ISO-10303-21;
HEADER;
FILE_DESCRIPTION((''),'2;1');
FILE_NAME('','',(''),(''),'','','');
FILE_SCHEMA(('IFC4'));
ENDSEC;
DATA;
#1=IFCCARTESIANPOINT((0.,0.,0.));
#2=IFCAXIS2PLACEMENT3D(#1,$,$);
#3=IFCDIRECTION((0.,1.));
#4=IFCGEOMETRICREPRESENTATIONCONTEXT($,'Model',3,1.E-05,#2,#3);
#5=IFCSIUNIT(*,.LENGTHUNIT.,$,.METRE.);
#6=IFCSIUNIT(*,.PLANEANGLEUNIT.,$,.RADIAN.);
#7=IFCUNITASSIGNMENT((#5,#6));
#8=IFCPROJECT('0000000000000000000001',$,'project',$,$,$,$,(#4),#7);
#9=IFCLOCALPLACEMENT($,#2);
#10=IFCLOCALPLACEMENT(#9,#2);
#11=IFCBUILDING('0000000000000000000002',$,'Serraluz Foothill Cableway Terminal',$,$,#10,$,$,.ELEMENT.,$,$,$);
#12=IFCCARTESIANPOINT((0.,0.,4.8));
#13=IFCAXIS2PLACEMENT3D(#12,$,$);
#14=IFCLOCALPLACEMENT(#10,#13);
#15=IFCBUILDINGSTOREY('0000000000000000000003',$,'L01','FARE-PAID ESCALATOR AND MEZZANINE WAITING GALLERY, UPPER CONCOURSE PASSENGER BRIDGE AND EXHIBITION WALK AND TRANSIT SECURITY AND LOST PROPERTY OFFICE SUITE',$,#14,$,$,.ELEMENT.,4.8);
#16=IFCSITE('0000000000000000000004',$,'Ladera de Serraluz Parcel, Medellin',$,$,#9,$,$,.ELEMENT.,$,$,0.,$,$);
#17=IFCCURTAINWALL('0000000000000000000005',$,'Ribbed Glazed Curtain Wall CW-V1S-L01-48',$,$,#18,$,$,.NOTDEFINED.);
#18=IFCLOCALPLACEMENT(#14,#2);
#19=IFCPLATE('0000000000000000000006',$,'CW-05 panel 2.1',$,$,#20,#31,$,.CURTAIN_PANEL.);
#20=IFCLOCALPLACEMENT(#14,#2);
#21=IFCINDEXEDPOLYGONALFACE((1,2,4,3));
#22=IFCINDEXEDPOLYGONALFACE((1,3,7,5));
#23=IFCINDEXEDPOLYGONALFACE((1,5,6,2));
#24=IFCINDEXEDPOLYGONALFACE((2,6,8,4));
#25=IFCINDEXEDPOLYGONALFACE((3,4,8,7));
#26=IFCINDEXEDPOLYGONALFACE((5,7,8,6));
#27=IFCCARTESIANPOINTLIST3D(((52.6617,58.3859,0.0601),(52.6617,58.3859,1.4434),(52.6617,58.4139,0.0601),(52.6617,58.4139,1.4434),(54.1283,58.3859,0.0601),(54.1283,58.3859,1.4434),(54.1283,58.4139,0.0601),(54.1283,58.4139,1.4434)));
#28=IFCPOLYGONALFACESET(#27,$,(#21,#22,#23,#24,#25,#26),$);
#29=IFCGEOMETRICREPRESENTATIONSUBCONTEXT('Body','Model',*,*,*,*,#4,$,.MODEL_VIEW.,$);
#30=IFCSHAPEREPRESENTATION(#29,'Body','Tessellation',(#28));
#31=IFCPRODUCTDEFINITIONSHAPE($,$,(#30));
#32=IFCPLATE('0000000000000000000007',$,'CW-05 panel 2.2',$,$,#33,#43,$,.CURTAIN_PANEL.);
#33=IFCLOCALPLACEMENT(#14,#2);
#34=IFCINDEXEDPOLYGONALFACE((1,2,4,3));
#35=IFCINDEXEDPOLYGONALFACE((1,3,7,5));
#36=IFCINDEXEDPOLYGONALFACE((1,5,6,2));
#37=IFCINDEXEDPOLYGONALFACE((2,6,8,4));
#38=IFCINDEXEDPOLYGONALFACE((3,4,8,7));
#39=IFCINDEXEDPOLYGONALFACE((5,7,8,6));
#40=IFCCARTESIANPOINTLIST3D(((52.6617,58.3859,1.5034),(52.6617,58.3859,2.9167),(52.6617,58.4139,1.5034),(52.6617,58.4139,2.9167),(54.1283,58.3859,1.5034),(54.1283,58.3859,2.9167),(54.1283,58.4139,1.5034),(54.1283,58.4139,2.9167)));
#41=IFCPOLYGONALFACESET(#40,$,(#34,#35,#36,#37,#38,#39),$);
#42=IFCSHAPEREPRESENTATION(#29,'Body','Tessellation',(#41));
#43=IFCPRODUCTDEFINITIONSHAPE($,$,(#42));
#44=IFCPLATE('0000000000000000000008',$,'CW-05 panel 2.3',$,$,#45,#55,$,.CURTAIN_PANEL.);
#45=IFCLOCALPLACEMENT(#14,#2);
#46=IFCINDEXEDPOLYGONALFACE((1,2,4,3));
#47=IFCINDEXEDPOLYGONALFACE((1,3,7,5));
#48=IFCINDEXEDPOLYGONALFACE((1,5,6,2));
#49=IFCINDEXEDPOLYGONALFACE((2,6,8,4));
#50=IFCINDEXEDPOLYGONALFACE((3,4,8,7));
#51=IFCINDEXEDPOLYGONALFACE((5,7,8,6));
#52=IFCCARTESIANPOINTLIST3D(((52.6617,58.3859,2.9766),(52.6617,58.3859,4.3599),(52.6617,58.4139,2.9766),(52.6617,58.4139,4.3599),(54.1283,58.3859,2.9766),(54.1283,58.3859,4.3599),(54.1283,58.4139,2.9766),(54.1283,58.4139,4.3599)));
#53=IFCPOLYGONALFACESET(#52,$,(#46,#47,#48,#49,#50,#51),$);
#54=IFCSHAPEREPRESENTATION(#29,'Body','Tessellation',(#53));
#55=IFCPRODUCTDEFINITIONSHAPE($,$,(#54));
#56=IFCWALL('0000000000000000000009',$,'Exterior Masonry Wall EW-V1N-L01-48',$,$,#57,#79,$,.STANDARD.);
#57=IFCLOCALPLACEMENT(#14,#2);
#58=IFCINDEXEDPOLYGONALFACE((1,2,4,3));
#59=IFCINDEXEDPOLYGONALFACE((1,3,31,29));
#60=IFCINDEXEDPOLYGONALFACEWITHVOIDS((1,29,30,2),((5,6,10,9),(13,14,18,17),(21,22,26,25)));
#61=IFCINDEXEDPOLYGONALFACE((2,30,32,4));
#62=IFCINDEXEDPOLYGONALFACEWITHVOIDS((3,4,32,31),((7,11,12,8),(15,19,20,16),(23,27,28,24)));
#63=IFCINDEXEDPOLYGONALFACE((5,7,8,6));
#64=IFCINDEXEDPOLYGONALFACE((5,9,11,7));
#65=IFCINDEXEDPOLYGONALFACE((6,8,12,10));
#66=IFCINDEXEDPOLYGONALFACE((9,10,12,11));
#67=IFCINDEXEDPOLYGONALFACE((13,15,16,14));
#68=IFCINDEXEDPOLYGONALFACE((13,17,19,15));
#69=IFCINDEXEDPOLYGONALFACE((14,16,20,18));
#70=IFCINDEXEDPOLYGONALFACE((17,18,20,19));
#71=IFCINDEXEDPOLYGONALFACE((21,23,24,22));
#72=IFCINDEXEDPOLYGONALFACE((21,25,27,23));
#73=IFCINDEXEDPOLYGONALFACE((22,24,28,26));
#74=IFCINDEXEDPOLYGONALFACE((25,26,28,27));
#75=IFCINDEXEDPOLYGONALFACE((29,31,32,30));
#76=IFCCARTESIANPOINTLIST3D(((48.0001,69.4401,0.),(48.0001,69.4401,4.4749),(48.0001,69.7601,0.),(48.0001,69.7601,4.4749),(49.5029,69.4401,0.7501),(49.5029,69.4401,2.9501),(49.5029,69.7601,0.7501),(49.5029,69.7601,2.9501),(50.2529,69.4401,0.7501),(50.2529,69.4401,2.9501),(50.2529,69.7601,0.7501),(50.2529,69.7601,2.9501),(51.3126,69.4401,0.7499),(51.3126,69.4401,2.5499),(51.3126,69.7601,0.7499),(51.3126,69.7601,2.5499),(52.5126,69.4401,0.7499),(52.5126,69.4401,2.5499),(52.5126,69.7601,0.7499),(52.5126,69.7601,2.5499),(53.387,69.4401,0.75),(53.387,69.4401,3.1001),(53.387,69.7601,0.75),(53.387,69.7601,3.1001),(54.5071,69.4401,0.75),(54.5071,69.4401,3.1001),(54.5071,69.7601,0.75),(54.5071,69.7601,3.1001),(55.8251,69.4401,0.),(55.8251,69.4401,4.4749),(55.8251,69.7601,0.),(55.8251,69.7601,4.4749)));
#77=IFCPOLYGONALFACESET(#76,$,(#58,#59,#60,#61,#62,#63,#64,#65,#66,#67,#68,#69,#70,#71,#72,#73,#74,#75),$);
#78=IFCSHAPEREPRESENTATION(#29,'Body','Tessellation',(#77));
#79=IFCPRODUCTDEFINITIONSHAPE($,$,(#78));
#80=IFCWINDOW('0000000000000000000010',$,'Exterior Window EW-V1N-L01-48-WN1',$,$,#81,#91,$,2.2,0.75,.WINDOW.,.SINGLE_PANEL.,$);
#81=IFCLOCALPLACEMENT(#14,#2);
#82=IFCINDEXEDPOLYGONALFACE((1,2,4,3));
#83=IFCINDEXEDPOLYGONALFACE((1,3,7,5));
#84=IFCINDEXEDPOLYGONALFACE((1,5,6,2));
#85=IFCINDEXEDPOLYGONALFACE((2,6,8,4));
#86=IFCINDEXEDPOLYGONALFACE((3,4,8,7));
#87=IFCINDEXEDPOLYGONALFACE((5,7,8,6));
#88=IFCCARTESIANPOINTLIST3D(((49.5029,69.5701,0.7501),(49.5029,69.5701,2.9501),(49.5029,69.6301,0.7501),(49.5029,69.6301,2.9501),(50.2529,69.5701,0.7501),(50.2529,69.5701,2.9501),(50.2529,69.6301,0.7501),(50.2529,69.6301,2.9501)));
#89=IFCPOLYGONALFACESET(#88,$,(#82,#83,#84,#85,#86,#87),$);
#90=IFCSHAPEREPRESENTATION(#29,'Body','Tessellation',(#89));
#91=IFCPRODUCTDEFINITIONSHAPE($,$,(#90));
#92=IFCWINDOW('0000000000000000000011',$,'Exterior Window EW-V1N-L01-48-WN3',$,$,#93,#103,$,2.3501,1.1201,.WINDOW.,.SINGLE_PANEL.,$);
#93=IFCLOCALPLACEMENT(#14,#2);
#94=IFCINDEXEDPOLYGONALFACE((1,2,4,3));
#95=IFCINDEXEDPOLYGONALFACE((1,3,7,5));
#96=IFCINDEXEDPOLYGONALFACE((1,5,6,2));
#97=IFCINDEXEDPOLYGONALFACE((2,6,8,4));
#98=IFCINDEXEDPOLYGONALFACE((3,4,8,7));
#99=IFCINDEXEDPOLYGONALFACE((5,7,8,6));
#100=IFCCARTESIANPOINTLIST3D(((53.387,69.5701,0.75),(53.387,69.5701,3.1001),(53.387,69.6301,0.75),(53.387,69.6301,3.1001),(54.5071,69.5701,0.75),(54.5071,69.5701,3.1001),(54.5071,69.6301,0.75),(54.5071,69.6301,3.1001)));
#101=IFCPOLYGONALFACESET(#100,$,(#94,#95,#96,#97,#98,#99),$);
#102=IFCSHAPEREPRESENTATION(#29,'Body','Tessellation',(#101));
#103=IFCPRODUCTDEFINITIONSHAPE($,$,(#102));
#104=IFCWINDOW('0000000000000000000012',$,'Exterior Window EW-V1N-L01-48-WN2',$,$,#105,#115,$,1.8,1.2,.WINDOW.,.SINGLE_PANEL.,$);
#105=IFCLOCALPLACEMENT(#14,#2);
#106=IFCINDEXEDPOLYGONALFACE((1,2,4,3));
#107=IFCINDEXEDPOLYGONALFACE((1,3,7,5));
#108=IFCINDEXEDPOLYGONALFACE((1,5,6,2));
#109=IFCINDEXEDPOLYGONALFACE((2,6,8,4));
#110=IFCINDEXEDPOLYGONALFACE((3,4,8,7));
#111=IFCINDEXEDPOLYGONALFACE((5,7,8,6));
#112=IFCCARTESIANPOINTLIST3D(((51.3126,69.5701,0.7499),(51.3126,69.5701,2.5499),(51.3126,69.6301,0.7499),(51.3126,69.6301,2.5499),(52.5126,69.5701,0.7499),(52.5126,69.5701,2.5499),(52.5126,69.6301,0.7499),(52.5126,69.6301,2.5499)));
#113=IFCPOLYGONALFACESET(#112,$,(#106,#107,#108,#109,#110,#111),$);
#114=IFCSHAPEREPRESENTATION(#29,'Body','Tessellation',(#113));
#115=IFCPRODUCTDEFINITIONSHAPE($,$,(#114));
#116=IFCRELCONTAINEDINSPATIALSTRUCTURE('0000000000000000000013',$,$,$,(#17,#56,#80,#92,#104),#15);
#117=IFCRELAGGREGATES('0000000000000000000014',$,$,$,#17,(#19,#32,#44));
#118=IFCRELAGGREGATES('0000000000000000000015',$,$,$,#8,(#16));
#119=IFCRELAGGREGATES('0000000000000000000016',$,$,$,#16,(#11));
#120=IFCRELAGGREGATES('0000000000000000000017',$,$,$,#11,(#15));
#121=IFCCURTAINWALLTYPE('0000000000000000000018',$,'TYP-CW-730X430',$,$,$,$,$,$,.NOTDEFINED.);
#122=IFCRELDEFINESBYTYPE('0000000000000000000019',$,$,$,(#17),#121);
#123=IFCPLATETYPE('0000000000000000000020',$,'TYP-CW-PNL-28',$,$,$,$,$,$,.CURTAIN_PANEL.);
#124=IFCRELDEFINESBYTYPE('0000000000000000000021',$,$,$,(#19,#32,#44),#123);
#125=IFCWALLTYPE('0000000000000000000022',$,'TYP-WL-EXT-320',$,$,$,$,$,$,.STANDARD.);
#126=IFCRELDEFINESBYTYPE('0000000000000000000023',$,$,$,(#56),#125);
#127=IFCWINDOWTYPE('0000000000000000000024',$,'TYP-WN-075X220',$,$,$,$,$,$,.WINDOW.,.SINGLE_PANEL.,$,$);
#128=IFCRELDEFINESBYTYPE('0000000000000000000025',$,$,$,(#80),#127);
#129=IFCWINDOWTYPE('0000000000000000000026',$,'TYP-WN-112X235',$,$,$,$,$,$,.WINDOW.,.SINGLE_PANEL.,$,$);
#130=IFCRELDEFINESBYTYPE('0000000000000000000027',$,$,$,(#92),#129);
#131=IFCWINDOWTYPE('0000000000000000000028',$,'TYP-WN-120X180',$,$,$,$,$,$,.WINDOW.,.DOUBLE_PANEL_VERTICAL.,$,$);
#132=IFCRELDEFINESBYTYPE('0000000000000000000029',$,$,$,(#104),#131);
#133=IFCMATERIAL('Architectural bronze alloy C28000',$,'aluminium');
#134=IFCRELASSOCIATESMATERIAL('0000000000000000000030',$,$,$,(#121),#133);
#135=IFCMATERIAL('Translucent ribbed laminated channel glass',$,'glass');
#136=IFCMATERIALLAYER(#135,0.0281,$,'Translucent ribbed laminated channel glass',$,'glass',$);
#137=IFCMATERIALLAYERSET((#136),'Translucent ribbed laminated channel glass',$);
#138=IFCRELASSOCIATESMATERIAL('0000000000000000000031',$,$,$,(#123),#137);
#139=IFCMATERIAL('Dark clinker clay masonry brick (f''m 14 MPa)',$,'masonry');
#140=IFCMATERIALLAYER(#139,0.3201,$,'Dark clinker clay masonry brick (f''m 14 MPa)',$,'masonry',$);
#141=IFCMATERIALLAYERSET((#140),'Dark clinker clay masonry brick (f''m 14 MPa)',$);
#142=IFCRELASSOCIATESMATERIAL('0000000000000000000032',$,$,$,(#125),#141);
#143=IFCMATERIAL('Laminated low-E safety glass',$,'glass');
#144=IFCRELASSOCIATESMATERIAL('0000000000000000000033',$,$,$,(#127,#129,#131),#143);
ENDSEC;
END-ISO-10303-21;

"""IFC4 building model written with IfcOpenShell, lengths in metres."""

from ifc_helpers import new_model, si_unit, direction, frame, frame_2d, origin, origin_2d, place, context, subcontext, project, spatial, rectangle, extrude, material, layer, layer_set, type_object, element, fill, aggregate, save


model = new_model("IFC4")

# Units and contexts
model_context = context("Model", 3, precision=1e-05, world=origin(), true_north=direction((0.0, 1.0)))
body_context = subcontext(model_context, "Body", "Model", "MODEL_VIEW")
ifc_project = project(units=[si_unit("LENGTHUNIT", "METRE"), si_unit("PLANEANGLEUNIT", "RADIAN")], contexts=[model_context])

# Site, building, storey
site_placement = place(None, origin())
site = spatial("IfcSite", under=ifc_project, at=site_placement, Name="Ladera de Serraluz Parcel, Medellin", CompositionType="ELEMENT", RefElevation=0.0)
building_placement = place(site_placement, origin())
building = spatial("IfcBuilding", under=site, at=building_placement, Name="Serraluz Foothill Cableway Terminal", CompositionType="ELEMENT")
storey_placement = place(building_placement, frame((0.0, 0.0, 4.8)))
storey = spatial("IfcBuildingStorey", under=building, at=storey_placement, Name="L01", Description="FARE-PAID ESCALATOR AND MEZZANINE WAITING GALLERY, UPPER CONCOURSE PASSENGER BRIDGE AND EXHIBITION WALK AND TRANSIT SECURITY AND LOST PROPERTY OFFICE SUITE", CompositionType="ELEMENT", Elevation=4.8)

# Curtain wall
ifc_material_1 = material(Name="Architectural bronze alloy C28000", Category="aluminium")
curtain_wall_type = type_object("IfcCurtainWallType", Name="TYP-CW-730X430", PredefinedType="NOTDEFINED", material=ifc_material_1)
curtain_wall_placement = place(storey_placement, origin())
curtain_wall = element("IfcCurtainWall", 1, at=curtain_wall_placement, inside=storey, type_object=curtain_wall_type, Name="Ribbed Glazed Curtain Wall CW-V1S-L01-48", PredefinedType="NOTDEFINED")

# Plates
ifc_material_2 = material(Name="Translucent ribbed laminated channel glass", Category="glass")
ifc_layer_1 = layer(ifc_material_2, 0.0281, Name="Translucent ribbed laminated channel glass", Category="glass")
ifc_layer_set_1 = layer_set([ifc_layer_1], Name="Translucent ribbed laminated channel glass")
plate_type = type_object("IfcPlateType", Name="TYP-CW-PNL-28", PredefinedType="CURTAIN_PANEL", material=ifc_layer_set_1)
plate_1_placement = place(storey_placement, frame((53.395, 58.3999, 0.0601), z_axis=(0.0, 0.0, 1.0), x_axis=(-1.0, 0.0, 0.0)))
plate_1 = element("IfcPlate", 2, at=plate_1_placement, type_object=plate_type, Name="CW-05 panel 2.1", PredefinedType="CURTAIN_PANEL", context=body_context, shape_type="SweptSolid", body=[
    extrude(rectangle(XDim=1.4666, YDim=0.0281, at=origin_2d()), origin(), (0.0, 0.0, 1.0), 1.3833),
])
plate_2_placement = place(storey_placement, frame((53.395, 58.3999, 1.5034), z_axis=(0.0, 0.0, 1.0), x_axis=(-1.0, 0.0, 0.0)))
plate_2 = element("IfcPlate", 3, at=plate_2_placement, type_object=plate_type, Name="CW-05 panel 2.2", PredefinedType="CURTAIN_PANEL", context=body_context, shape_type="SweptSolid", body=[
    extrude(rectangle(XDim=1.4666, YDim=0.0281, at=origin_2d()), origin(), (0.0, 0.0, 1.0), 1.4133),
])
plate_3_placement = place(storey_placement, frame((53.395, 58.3999, 2.9766), z_axis=(0.0, 0.0, 1.0), x_axis=(-1.0, 0.0, 0.0)))
plate_3 = element("IfcPlate", 4, at=plate_3_placement, type_object=plate_type, Name="CW-05 panel 2.3", PredefinedType="CURTAIN_PANEL", context=body_context, shape_type="SweptSolid", body=[
    extrude(rectangle(XDim=1.4666, YDim=0.0281, at=origin_2d()), origin(), (0.0, 0.0, 1.0), 1.3833),
])
aggregate(curtain_wall, [plate_1, plate_2, plate_3])

# Wall, openings, windows
ifc_material_3 = material(Name="Dark clinker clay masonry brick (f'm 14 MPa)", Category="masonry")
ifc_layer_2 = layer(ifc_material_3, 0.3201, Name="Dark clinker clay masonry brick (f'm 14 MPa)", Category="masonry")
ifc_layer_set_2 = layer_set([ifc_layer_2], Name="Dark clinker clay masonry brick (f'm 14 MPa)")
wall_type = type_object("IfcWallType", Name="TYP-WL-EXT-320", PredefinedType="STANDARD", material=ifc_layer_set_2)
wall_placement = place(storey_placement, frame((48.0, 69.6001, 0.0), z_axis=(0.0, 0.0, 1.0), x_axis=(1.0, 0.0, 0.0)))
wall = element("IfcWall", 5, at=wall_placement, inside=storey, type_object=wall_type, Name="Exterior Masonry Wall EW-V1N-L01-48", PredefinedType="STANDARD", context=body_context, shape_type="SweptSolid", body=[
    extrude(rectangle(XDim=7.825, YDim=0.3201, at=frame_2d((3.9126, 0.0))), origin(), (0.0, 0.0, 1.0), 4.4749),
])
opening_1_placement = place(wall_placement, frame((1.5029, 0.0, 0.75)))
opening_1 = element("IfcOpeningElement", 6, at=opening_1_placement, cuts=wall, PredefinedType="OPENING", context=body_context, shape_type="SweptSolid", body=[
    extrude(rectangle(XDim=0.75, YDim=2.2, at=frame_2d((0.375, 1.1001))), frame((0.0, 0.1699, 0.0), z_axis=(0.0, -1.0, 0.0), x_axis=(1.0, 0.0, 0.0)), (0.0, 0.0, 1.0), 0.3401),
])
opening_2_placement = place(wall_placement, frame((3.3125, 0.0, 0.75)))
opening_2 = element("IfcOpeningElement", 7, at=opening_2_placement, cuts=wall, PredefinedType="OPENING", context=body_context, shape_type="SweptSolid", body=[
    extrude(rectangle(XDim=1.2, YDim=1.8, at=frame_2d((0.6001, 0.8999))), frame((0.0, 0.1699, 0.0), z_axis=(0.0, -1.0, 0.0), x_axis=(1.0, 0.0, 0.0)), (0.0, 0.0, 1.0), 0.3401),
])
opening_3_placement = place(wall_placement, frame((5.387, 0.0, 0.75)))
opening_3 = element("IfcOpeningElement", 8, at=opening_3_placement, cuts=wall, PredefinedType="OPENING", context=body_context, shape_type="SweptSolid", body=[
    extrude(rectangle(XDim=1.1201, YDim=2.3501, at=frame_2d((0.5601, 1.175))), frame((0.0, 0.1699, 0.0), z_axis=(0.0, -1.0, 0.0), x_axis=(1.0, 0.0, 0.0)), (0.0, 0.0, 1.0), 0.3401),
])
ifc_material_4 = material(Name="Laminated low-E safety glass", Category="glass")
window_type_1 = type_object("IfcWindowType", Name="TYP-WN-075X220", PartitioningType="SINGLE_PANEL", PredefinedType="WINDOW", material=ifc_material_4)
window_1_placement = place(opening_1_placement, origin())
window_1 = element("IfcWindow", 9, at=window_1_placement, inside=storey, type_object=window_type_1, Name="Exterior Window EW-V1N-L01-48-WN1", OverallHeight=2.2, OverallWidth=0.75, PartitioningType="SINGLE_PANEL", PredefinedType="WINDOW", context=body_context, shape_type="SweptSolid", body=[
    extrude(rectangle(XDim=0.75, YDim=2.2, at=frame_2d((0.375, 1.1001))), frame((0.0, 0.03, 0.0), z_axis=(0.0, -1.0, 0.0), x_axis=(1.0, 0.0, 0.0)), (0.0, 0.0, 1.0), 0.0601),
])
fill(opening_1, window_1)
window_type_2 = type_object("IfcWindowType", Name="TYP-WN-112X235", PartitioningType="SINGLE_PANEL", PredefinedType="WINDOW", material=ifc_material_4)
window_2_placement = place(opening_3_placement, origin())
window_2 = element("IfcWindow", 10, at=window_2_placement, inside=storey, type_object=window_type_2, Name="Exterior Window EW-V1N-L01-48-WN3", OverallHeight=2.3501, OverallWidth=1.1201, PartitioningType="SINGLE_PANEL", PredefinedType="WINDOW", context=body_context, shape_type="SweptSolid", body=[
    extrude(rectangle(XDim=1.1201, YDim=2.3501, at=frame_2d((0.5601, 1.175))), frame((0.0, 0.03, 0.0), z_axis=(0.0, -1.0, 0.0), x_axis=(1.0, 0.0, 0.0)), (0.0, 0.0, 1.0), 0.0601),
])
fill(opening_3, window_2)
window_type_3 = type_object("IfcWindowType", Name="TYP-WN-120X180", PartitioningType="DOUBLE_PANEL_VERTICAL", PredefinedType="WINDOW", material=ifc_material_4)
window_3_placement = place(opening_2_placement, origin())
window_3 = element("IfcWindow", 11, at=window_3_placement, inside=storey, type_object=window_type_3, Name="Exterior Window EW-V1N-L01-48-WN2", OverallHeight=1.8, OverallWidth=1.2, PartitioningType="SINGLE_PANEL", PredefinedType="WINDOW", context=body_context, shape_type="SweptSolid", body=[
    extrude(rectangle(XDim=1.2, YDim=1.8, at=frame_2d((0.6001, 0.8999))), frame((0.0, 0.03, 0.0), z_axis=(0.0, -1.0, 0.0), x_axis=(1.0, 0.0, 0.0)), (0.0, 0.0, 1.0), 0.0601),
])
fill(opening_2, window_3)

save(model, "model.ifc")
